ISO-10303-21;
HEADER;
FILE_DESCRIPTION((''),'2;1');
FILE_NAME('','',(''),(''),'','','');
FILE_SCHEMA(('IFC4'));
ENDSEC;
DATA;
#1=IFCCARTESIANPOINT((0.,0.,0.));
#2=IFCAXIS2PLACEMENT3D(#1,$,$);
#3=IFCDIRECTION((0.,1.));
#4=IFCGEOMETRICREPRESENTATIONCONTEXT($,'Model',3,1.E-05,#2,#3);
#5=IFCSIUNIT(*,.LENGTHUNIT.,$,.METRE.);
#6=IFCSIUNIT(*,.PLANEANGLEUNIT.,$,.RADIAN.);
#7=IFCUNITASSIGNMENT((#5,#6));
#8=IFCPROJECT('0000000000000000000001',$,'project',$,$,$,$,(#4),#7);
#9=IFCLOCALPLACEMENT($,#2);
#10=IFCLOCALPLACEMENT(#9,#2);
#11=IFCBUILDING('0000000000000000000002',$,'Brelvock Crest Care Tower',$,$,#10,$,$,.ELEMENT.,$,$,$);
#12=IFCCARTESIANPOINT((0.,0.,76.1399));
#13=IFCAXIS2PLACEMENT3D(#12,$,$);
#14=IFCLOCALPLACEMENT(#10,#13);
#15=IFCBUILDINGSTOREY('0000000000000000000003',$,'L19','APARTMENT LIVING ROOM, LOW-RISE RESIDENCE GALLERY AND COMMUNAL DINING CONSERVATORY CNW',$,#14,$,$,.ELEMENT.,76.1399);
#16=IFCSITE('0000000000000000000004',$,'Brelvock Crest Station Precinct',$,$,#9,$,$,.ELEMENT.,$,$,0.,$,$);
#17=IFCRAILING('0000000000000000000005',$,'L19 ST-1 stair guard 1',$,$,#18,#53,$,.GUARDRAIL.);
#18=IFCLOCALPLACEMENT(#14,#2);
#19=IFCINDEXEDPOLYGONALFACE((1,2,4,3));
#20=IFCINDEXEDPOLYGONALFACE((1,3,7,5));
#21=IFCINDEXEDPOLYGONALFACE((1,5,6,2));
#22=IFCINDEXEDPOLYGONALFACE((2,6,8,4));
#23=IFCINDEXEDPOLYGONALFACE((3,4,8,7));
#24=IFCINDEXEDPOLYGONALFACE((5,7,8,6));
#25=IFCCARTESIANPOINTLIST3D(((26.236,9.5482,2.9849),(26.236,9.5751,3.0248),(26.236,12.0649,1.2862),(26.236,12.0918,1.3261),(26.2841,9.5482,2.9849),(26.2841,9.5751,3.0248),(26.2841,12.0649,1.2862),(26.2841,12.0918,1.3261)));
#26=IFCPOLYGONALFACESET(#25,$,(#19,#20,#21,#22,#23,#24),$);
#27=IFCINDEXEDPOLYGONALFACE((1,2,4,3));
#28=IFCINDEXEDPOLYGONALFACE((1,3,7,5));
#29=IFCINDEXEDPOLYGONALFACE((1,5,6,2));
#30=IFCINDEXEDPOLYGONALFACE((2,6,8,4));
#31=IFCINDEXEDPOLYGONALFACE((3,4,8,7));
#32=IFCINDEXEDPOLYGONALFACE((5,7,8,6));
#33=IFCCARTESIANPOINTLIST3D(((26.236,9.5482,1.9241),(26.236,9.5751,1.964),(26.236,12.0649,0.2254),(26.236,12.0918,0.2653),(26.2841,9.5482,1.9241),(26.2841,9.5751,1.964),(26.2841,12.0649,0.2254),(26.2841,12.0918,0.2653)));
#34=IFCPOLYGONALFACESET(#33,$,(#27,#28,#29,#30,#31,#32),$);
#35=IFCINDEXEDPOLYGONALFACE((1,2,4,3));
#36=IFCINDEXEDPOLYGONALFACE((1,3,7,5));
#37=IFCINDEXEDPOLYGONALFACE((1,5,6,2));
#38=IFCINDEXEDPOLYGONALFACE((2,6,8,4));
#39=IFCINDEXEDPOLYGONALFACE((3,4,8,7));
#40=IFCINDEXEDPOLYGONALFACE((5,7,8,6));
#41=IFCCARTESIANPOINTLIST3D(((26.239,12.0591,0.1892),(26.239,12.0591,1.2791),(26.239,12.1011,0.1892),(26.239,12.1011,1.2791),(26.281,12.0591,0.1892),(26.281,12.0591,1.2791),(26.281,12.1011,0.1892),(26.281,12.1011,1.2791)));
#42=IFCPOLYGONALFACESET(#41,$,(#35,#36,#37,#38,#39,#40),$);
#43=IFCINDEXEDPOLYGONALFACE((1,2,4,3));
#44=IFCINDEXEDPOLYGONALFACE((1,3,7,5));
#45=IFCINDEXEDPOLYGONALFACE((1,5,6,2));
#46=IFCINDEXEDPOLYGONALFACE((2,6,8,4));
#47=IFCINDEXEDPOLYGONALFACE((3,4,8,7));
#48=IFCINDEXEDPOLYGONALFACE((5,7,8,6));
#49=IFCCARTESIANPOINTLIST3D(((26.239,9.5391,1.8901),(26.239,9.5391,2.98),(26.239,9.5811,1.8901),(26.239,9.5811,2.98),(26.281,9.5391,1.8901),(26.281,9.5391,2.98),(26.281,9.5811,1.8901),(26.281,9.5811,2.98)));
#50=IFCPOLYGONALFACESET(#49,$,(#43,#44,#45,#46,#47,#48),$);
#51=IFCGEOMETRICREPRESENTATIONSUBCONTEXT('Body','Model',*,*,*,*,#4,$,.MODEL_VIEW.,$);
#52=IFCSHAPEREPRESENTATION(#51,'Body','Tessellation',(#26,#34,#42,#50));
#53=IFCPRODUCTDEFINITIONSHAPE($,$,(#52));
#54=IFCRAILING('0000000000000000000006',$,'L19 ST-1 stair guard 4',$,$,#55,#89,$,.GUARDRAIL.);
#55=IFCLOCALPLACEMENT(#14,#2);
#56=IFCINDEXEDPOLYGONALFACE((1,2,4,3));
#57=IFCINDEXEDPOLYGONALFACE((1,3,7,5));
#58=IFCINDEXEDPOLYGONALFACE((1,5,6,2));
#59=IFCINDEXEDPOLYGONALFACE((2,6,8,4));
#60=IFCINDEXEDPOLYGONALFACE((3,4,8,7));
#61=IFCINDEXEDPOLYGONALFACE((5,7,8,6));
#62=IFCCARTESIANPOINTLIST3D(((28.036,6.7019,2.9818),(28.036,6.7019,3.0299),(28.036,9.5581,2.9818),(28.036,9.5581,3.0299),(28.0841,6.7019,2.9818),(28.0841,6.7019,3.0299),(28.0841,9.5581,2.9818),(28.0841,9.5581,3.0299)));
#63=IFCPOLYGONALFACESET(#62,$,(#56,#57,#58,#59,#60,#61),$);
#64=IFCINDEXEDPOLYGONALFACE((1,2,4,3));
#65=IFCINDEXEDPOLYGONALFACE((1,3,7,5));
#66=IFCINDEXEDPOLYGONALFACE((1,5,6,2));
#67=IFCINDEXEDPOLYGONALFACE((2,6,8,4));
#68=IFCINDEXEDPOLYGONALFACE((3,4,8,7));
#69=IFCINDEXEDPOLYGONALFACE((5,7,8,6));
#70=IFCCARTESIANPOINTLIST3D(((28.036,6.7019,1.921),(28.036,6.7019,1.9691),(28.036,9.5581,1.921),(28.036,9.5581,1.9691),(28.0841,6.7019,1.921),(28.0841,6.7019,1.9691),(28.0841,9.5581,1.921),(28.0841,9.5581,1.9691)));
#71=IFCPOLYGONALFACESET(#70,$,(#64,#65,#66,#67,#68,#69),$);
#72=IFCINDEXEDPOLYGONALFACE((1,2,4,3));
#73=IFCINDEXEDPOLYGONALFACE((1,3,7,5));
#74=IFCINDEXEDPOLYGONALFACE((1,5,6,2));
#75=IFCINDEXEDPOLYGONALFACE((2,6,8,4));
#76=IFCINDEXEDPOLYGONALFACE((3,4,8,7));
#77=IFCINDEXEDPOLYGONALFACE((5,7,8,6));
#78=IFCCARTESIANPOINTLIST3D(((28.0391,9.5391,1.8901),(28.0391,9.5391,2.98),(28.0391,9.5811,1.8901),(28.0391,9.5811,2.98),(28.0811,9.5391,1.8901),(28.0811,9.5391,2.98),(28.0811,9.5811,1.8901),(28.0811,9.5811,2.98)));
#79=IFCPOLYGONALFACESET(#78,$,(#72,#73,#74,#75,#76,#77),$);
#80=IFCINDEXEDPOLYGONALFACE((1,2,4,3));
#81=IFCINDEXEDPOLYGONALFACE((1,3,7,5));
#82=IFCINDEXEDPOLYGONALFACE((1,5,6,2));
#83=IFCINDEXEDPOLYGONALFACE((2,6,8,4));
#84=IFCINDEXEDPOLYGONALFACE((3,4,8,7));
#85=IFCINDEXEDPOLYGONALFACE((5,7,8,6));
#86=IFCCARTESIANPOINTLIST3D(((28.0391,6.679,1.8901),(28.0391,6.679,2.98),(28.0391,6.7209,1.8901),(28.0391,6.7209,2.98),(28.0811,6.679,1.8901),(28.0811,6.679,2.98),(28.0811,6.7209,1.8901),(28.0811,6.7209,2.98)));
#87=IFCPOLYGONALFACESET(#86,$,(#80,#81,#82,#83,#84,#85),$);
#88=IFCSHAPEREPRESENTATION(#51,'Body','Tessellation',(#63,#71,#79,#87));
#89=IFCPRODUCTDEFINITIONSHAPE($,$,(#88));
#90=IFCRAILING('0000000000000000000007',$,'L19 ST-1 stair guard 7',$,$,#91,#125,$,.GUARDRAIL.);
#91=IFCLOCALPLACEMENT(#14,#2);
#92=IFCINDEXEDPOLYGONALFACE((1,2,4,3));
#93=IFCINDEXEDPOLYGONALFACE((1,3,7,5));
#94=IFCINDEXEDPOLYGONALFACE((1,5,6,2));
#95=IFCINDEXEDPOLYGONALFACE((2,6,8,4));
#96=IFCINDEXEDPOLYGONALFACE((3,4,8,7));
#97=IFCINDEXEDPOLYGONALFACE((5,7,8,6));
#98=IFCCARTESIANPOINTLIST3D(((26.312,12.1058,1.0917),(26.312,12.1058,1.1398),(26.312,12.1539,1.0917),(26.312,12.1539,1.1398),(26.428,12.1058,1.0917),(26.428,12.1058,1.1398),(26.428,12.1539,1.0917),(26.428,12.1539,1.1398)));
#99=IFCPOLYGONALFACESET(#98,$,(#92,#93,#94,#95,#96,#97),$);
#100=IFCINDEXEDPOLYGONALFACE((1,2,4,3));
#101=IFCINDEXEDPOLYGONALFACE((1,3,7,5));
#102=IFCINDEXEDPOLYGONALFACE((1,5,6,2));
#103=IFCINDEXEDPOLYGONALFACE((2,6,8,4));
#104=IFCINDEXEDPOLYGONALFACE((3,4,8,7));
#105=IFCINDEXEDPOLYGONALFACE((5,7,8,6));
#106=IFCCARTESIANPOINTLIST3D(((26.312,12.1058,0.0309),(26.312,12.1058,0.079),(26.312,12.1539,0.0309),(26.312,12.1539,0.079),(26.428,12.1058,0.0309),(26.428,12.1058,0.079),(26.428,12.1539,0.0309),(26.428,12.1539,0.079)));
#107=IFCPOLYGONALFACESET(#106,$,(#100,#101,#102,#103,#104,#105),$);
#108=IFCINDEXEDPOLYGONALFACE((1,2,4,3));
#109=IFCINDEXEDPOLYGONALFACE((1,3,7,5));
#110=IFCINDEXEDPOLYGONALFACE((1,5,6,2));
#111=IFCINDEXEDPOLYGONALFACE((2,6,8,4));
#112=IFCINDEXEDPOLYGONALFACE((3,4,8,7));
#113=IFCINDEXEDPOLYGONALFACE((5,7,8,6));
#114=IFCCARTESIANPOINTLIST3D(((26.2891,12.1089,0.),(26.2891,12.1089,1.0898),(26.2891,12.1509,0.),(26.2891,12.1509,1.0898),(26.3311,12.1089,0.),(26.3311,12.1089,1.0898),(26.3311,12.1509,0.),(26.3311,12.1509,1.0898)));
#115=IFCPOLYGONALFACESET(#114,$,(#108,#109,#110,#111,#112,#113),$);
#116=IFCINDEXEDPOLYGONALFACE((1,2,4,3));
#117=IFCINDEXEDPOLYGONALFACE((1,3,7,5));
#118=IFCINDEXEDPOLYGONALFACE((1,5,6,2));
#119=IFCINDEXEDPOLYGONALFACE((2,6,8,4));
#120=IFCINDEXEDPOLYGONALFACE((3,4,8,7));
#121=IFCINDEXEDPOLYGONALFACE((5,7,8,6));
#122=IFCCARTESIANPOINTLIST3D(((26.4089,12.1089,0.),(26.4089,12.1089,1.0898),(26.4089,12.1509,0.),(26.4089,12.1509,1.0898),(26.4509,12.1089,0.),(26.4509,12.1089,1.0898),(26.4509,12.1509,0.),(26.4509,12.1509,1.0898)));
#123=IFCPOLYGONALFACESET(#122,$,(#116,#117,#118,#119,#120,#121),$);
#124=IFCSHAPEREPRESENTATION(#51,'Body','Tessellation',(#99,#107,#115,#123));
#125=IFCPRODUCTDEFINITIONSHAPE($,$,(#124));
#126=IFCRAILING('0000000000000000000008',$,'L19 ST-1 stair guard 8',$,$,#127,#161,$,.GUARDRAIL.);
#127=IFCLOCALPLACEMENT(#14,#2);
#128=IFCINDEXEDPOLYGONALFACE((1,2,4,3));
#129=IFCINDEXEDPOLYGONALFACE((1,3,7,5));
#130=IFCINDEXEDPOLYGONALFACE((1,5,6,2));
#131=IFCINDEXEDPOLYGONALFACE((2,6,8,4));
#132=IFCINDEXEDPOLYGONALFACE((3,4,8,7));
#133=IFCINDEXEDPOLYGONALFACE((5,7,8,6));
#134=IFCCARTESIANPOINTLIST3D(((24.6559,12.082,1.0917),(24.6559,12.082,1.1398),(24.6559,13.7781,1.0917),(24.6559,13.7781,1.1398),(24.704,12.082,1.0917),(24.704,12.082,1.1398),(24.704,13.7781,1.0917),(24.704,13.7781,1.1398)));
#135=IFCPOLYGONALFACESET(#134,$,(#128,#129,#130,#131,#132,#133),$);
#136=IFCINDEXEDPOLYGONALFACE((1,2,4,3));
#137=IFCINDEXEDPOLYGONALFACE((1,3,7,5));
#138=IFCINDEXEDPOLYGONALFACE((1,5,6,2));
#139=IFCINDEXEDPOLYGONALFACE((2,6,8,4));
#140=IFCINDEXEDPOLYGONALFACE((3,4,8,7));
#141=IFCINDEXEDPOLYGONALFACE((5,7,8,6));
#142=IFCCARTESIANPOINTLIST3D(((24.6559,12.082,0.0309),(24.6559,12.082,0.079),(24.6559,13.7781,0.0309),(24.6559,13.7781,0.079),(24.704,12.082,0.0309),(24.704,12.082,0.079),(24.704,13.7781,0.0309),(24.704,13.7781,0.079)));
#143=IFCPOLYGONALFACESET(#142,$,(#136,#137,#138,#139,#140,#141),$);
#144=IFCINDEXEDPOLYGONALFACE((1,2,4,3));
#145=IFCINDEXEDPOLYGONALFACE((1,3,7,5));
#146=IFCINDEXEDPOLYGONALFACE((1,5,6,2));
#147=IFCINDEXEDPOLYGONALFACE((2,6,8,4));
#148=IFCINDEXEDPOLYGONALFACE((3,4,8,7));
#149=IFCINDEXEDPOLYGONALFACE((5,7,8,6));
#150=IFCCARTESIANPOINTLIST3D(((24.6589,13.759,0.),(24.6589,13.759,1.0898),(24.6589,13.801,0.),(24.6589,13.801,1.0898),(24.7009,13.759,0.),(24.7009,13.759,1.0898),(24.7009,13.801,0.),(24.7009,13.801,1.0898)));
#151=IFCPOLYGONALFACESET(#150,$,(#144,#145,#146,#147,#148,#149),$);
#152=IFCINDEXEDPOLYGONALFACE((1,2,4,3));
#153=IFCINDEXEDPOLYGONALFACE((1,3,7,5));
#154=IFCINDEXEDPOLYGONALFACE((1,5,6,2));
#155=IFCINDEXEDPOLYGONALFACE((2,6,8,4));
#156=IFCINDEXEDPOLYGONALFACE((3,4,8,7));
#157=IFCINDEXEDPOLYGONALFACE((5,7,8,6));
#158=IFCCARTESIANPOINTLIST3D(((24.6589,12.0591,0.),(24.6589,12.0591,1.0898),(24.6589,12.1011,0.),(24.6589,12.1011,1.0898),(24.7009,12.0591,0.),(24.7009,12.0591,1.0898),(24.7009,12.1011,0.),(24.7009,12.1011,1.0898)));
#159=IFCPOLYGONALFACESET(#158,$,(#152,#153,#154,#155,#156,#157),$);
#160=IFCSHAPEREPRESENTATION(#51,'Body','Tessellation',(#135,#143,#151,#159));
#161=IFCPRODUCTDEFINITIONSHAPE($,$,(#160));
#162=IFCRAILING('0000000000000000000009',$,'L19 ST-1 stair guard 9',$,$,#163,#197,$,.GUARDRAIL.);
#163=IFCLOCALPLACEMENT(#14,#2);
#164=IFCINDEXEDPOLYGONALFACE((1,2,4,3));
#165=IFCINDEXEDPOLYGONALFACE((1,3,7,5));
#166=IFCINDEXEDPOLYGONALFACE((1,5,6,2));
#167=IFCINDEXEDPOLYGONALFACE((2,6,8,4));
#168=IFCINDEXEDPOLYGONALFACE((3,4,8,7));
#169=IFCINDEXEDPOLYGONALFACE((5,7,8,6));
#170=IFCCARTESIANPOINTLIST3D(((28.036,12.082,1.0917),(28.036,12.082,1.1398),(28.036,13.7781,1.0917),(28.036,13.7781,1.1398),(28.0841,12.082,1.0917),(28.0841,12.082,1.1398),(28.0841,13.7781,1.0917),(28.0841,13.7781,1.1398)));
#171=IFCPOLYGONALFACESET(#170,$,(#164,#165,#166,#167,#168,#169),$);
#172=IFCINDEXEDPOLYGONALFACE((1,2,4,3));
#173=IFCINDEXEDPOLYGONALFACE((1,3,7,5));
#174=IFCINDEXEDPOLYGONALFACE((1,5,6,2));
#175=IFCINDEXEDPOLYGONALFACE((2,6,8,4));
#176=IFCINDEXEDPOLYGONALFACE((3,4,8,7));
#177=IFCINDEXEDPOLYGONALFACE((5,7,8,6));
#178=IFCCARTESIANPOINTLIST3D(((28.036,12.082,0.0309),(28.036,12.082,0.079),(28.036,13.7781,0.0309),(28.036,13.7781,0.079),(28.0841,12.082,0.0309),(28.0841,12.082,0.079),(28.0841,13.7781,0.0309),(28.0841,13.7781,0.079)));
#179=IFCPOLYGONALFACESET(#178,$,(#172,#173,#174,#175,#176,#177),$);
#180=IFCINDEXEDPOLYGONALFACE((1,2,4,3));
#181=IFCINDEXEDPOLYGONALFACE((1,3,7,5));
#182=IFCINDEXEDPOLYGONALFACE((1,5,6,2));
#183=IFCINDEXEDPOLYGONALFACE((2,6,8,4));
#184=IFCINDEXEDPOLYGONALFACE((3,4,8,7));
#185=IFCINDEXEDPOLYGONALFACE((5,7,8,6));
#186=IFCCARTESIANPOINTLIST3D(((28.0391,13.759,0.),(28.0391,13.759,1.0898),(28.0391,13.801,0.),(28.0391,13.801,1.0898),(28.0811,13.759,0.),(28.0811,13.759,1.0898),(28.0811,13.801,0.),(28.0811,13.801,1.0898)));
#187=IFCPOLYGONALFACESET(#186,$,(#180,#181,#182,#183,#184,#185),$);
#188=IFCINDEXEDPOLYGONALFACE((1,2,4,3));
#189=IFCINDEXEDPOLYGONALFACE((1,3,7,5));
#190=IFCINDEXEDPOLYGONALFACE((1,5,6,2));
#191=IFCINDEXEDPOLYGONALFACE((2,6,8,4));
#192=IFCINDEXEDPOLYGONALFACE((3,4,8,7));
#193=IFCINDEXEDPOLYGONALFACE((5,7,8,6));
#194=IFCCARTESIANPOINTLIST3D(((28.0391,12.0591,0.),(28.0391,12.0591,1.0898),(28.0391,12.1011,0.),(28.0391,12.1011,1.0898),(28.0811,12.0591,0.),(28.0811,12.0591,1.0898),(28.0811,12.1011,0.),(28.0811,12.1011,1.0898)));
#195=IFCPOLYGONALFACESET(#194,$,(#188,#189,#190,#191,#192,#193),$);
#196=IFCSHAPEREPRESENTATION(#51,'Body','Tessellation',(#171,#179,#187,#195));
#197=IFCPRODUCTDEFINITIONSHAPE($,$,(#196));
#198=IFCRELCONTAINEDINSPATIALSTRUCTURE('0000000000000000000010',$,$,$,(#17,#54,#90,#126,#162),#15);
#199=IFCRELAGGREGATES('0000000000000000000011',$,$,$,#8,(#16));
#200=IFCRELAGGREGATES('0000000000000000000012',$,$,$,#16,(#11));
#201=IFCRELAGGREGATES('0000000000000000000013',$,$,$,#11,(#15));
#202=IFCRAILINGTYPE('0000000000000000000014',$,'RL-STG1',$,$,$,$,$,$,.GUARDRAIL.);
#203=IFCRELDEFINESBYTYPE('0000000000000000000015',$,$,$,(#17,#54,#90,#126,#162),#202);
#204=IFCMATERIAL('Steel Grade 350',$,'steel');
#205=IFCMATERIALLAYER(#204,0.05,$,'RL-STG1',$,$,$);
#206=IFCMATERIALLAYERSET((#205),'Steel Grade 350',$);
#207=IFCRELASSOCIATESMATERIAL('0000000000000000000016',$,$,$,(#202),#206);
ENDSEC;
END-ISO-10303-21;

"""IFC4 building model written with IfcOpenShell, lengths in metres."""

from ifc_helpers import new_model, si_unit, direction, frame, origin, origin_2d, place, context, subcontext, project, spatial, rectangle, extrude, material, layer, layer_set, type_object, element, save


model = new_model("IFC4")

# Units and contexts
model_context = context("Model", 3, precision=1e-05, world=origin(), true_north=direction((0.0, 1.0)))
body_context = subcontext(model_context, "Body", "Model", "MODEL_VIEW")
ifc_project = project(units=[si_unit("LENGTHUNIT", "METRE"), si_unit("PLANEANGLEUNIT", "RADIAN")], contexts=[model_context])

# Site, building, storey
site_placement = place(None, origin())
site = spatial("IfcSite", under=ifc_project, at=site_placement, Name="Brelvock Crest Station Precinct", CompositionType="ELEMENT", RefElevation=0.0)
building_placement = place(site_placement, origin())
building = spatial("IfcBuilding", under=site, at=building_placement, Name="Brelvock Crest Care Tower", CompositionType="ELEMENT")
storey_placement = place(building_placement, frame((0.0, 0.0, 76.1399)))
storey = spatial("IfcBuildingStorey", under=building, at=storey_placement, Name="L19", Description="APARTMENT LIVING ROOM, LOW-RISE RESIDENCE GALLERY AND COMMUNAL DINING CONSERVATORY CNW", CompositionType="ELEMENT", Elevation=76.1399)

# Shared definitions
ifc_material_1 = material(Name="Steel Grade 350", Category="steel")

# Railings
ifc_layer_1 = layer(ifc_material_1, 0.05, Name="RL-STG1")
ifc_layer_set_1 = layer_set([ifc_layer_1], Name="Steel Grade 350")
railing_type_1 = type_object("IfcRailingType", Name="RL-STG1", PredefinedType="GUARDRAIL", material=ifc_layer_set_1)
railing_1_placement = place(storey_placement, frame((26.26, 12.0801, 0.1892)))
element("IfcRailing", 1, at=railing_1_placement, inside=storey, type_object=railing_type_1, Name="L19 ST-1 stair guard 1", PredefinedType="GUARDRAIL", context=body_context, shape_type="SweptSolid", body=[
    extrude(rectangle(XDim=0.0481, YDim=0.0481, at=origin_2d()), frame((0.0, -0.0017, 1.1169), z_axis=(0.0, -0.828862, 0.559454), x_axis=(1.0, 0.0, 0.0)), (0.0, 0.0, 1.0), 3.0364),
    extrude(rectangle(XDim=0.0481, YDim=0.0481, at=origin_2d()), frame((0.0, -0.0017, 0.0562), z_axis=(0.0, -0.828862, 0.559454), x_axis=(1.0, 0.0, 0.0)), (0.0, 0.0, 1.0), 3.0364),
    extrude(rectangle(XDim=0.042, YDim=0.042, at=origin_2d()), origin(), (0.0, 0.0, 1.0), 1.0898),
    extrude(rectangle(XDim=0.042, YDim=0.042, at=origin_2d()), frame((0.0, -2.52, 1.7009)), (0.0, 0.0, 1.0), 1.0898),
])
railing_2_placement = place(storey_placement, frame((28.0601, 9.5601, 1.8901)))
element("IfcRailing", 2, at=railing_2_placement, inside=storey, type_object=railing_type_1, Name="L19 ST-1 stair guard 4", PredefinedType="GUARDRAIL", context=body_context, shape_type="SweptSolid", body=[
    extrude(rectangle(XDim=0.0481, YDim=0.0481, at=origin_2d()), frame((0.0, -0.002, 1.1157), z_axis=(0.0, -1.0, 0.0), x_axis=(1.0, 0.0, 0.0)), (0.0, 0.0, 1.0), 2.8562),
    extrude(rectangle(XDim=0.0481, YDim=0.0481, at=origin_2d()), frame((0.0, -0.002, 0.0549), z_axis=(0.0, -1.0, 0.0), x_axis=(1.0, 0.0, 0.0)), (0.0, 0.0, 1.0), 2.8562),
    extrude(rectangle(XDim=0.042, YDim=0.042, at=origin_2d()), origin(), (0.0, 0.0, 1.0), 1.0898),
    extrude(rectangle(XDim=0.042, YDim=0.042, at=origin_2d()), frame((0.0, -2.8601, 0.0)), (0.0, 0.0, 1.0), 1.0898),
])
railing_3_placement = place(storey_placement, frame((26.3101, 12.1299, 0.0)))
element("IfcRailing", 3, at=railing_3_placement, inside=storey, type_object=railing_type_1, Name="L19 ST-1 stair guard 7", PredefinedType="GUARDRAIL", context=body_context, shape_type="SweptSolid", body=[
    extrude(rectangle(XDim=0.0481, YDim=0.0481, at=origin_2d()), frame((0.002, 0.0, 1.1157), z_axis=(1.0, 0.0, 0.0), x_axis=(0.0, 1.0, 0.0)), (0.0, 0.0, 1.0), 0.116),
    extrude(rectangle(XDim=0.0481, YDim=0.0481, at=origin_2d()), frame((0.002, 0.0, 0.0549), z_axis=(1.0, 0.0, 0.0), x_axis=(0.0, 1.0, 0.0)), (0.0, 0.0, 1.0), 0.116),
    extrude(rectangle(XDim=0.042, YDim=0.042, at=origin_2d()), origin(), (0.0, 0.0, 1.0), 1.0898),
    extrude(rectangle(XDim=0.042, YDim=0.042, at=origin_2d()), frame((0.1199, 0.0, 0.0)), (0.0, 0.0, 1.0), 1.0898),
])
for number, where, name in (
    (4, (24.6799, 13.78, 0.0), "L19 ST-1 stair guard 8"),
    (5, (28.0601, 13.78, 0.0), "L19 ST-1 stair guard 9"),
):
    element("IfcRailing", number, at=place(storey_placement, frame(where)), inside=storey, type_object=railing_type_1, Name=name, PredefinedType="GUARDRAIL", context=body_context, shape_type="SweptSolid", body=[
        extrude(rectangle(XDim=0.0481, YDim=0.0481, at=origin_2d()), frame((0.0, -0.002, 1.1157), z_axis=(0.0, -1.0, 0.0), x_axis=(1.0, 0.0, 0.0)), (0.0, 0.0, 1.0), 1.696),
        extrude(rectangle(XDim=0.0481, YDim=0.0481, at=origin_2d()), frame((0.0, -0.002, 0.0549), z_axis=(0.0, -1.0, 0.0), x_axis=(1.0, 0.0, 0.0)), (0.0, 0.0, 1.0), 1.696),
        extrude(rectangle(XDim=0.042, YDim=0.042, at=origin_2d()), origin(), (0.0, 0.0, 1.0), 1.0898),
        extrude(rectangle(XDim=0.042, YDim=0.042, at=origin_2d()), frame((0.0, -1.7, 0.0)), (0.0, 0.0, 1.0), 1.0898),
    ])

save(model, "model.ifc")
